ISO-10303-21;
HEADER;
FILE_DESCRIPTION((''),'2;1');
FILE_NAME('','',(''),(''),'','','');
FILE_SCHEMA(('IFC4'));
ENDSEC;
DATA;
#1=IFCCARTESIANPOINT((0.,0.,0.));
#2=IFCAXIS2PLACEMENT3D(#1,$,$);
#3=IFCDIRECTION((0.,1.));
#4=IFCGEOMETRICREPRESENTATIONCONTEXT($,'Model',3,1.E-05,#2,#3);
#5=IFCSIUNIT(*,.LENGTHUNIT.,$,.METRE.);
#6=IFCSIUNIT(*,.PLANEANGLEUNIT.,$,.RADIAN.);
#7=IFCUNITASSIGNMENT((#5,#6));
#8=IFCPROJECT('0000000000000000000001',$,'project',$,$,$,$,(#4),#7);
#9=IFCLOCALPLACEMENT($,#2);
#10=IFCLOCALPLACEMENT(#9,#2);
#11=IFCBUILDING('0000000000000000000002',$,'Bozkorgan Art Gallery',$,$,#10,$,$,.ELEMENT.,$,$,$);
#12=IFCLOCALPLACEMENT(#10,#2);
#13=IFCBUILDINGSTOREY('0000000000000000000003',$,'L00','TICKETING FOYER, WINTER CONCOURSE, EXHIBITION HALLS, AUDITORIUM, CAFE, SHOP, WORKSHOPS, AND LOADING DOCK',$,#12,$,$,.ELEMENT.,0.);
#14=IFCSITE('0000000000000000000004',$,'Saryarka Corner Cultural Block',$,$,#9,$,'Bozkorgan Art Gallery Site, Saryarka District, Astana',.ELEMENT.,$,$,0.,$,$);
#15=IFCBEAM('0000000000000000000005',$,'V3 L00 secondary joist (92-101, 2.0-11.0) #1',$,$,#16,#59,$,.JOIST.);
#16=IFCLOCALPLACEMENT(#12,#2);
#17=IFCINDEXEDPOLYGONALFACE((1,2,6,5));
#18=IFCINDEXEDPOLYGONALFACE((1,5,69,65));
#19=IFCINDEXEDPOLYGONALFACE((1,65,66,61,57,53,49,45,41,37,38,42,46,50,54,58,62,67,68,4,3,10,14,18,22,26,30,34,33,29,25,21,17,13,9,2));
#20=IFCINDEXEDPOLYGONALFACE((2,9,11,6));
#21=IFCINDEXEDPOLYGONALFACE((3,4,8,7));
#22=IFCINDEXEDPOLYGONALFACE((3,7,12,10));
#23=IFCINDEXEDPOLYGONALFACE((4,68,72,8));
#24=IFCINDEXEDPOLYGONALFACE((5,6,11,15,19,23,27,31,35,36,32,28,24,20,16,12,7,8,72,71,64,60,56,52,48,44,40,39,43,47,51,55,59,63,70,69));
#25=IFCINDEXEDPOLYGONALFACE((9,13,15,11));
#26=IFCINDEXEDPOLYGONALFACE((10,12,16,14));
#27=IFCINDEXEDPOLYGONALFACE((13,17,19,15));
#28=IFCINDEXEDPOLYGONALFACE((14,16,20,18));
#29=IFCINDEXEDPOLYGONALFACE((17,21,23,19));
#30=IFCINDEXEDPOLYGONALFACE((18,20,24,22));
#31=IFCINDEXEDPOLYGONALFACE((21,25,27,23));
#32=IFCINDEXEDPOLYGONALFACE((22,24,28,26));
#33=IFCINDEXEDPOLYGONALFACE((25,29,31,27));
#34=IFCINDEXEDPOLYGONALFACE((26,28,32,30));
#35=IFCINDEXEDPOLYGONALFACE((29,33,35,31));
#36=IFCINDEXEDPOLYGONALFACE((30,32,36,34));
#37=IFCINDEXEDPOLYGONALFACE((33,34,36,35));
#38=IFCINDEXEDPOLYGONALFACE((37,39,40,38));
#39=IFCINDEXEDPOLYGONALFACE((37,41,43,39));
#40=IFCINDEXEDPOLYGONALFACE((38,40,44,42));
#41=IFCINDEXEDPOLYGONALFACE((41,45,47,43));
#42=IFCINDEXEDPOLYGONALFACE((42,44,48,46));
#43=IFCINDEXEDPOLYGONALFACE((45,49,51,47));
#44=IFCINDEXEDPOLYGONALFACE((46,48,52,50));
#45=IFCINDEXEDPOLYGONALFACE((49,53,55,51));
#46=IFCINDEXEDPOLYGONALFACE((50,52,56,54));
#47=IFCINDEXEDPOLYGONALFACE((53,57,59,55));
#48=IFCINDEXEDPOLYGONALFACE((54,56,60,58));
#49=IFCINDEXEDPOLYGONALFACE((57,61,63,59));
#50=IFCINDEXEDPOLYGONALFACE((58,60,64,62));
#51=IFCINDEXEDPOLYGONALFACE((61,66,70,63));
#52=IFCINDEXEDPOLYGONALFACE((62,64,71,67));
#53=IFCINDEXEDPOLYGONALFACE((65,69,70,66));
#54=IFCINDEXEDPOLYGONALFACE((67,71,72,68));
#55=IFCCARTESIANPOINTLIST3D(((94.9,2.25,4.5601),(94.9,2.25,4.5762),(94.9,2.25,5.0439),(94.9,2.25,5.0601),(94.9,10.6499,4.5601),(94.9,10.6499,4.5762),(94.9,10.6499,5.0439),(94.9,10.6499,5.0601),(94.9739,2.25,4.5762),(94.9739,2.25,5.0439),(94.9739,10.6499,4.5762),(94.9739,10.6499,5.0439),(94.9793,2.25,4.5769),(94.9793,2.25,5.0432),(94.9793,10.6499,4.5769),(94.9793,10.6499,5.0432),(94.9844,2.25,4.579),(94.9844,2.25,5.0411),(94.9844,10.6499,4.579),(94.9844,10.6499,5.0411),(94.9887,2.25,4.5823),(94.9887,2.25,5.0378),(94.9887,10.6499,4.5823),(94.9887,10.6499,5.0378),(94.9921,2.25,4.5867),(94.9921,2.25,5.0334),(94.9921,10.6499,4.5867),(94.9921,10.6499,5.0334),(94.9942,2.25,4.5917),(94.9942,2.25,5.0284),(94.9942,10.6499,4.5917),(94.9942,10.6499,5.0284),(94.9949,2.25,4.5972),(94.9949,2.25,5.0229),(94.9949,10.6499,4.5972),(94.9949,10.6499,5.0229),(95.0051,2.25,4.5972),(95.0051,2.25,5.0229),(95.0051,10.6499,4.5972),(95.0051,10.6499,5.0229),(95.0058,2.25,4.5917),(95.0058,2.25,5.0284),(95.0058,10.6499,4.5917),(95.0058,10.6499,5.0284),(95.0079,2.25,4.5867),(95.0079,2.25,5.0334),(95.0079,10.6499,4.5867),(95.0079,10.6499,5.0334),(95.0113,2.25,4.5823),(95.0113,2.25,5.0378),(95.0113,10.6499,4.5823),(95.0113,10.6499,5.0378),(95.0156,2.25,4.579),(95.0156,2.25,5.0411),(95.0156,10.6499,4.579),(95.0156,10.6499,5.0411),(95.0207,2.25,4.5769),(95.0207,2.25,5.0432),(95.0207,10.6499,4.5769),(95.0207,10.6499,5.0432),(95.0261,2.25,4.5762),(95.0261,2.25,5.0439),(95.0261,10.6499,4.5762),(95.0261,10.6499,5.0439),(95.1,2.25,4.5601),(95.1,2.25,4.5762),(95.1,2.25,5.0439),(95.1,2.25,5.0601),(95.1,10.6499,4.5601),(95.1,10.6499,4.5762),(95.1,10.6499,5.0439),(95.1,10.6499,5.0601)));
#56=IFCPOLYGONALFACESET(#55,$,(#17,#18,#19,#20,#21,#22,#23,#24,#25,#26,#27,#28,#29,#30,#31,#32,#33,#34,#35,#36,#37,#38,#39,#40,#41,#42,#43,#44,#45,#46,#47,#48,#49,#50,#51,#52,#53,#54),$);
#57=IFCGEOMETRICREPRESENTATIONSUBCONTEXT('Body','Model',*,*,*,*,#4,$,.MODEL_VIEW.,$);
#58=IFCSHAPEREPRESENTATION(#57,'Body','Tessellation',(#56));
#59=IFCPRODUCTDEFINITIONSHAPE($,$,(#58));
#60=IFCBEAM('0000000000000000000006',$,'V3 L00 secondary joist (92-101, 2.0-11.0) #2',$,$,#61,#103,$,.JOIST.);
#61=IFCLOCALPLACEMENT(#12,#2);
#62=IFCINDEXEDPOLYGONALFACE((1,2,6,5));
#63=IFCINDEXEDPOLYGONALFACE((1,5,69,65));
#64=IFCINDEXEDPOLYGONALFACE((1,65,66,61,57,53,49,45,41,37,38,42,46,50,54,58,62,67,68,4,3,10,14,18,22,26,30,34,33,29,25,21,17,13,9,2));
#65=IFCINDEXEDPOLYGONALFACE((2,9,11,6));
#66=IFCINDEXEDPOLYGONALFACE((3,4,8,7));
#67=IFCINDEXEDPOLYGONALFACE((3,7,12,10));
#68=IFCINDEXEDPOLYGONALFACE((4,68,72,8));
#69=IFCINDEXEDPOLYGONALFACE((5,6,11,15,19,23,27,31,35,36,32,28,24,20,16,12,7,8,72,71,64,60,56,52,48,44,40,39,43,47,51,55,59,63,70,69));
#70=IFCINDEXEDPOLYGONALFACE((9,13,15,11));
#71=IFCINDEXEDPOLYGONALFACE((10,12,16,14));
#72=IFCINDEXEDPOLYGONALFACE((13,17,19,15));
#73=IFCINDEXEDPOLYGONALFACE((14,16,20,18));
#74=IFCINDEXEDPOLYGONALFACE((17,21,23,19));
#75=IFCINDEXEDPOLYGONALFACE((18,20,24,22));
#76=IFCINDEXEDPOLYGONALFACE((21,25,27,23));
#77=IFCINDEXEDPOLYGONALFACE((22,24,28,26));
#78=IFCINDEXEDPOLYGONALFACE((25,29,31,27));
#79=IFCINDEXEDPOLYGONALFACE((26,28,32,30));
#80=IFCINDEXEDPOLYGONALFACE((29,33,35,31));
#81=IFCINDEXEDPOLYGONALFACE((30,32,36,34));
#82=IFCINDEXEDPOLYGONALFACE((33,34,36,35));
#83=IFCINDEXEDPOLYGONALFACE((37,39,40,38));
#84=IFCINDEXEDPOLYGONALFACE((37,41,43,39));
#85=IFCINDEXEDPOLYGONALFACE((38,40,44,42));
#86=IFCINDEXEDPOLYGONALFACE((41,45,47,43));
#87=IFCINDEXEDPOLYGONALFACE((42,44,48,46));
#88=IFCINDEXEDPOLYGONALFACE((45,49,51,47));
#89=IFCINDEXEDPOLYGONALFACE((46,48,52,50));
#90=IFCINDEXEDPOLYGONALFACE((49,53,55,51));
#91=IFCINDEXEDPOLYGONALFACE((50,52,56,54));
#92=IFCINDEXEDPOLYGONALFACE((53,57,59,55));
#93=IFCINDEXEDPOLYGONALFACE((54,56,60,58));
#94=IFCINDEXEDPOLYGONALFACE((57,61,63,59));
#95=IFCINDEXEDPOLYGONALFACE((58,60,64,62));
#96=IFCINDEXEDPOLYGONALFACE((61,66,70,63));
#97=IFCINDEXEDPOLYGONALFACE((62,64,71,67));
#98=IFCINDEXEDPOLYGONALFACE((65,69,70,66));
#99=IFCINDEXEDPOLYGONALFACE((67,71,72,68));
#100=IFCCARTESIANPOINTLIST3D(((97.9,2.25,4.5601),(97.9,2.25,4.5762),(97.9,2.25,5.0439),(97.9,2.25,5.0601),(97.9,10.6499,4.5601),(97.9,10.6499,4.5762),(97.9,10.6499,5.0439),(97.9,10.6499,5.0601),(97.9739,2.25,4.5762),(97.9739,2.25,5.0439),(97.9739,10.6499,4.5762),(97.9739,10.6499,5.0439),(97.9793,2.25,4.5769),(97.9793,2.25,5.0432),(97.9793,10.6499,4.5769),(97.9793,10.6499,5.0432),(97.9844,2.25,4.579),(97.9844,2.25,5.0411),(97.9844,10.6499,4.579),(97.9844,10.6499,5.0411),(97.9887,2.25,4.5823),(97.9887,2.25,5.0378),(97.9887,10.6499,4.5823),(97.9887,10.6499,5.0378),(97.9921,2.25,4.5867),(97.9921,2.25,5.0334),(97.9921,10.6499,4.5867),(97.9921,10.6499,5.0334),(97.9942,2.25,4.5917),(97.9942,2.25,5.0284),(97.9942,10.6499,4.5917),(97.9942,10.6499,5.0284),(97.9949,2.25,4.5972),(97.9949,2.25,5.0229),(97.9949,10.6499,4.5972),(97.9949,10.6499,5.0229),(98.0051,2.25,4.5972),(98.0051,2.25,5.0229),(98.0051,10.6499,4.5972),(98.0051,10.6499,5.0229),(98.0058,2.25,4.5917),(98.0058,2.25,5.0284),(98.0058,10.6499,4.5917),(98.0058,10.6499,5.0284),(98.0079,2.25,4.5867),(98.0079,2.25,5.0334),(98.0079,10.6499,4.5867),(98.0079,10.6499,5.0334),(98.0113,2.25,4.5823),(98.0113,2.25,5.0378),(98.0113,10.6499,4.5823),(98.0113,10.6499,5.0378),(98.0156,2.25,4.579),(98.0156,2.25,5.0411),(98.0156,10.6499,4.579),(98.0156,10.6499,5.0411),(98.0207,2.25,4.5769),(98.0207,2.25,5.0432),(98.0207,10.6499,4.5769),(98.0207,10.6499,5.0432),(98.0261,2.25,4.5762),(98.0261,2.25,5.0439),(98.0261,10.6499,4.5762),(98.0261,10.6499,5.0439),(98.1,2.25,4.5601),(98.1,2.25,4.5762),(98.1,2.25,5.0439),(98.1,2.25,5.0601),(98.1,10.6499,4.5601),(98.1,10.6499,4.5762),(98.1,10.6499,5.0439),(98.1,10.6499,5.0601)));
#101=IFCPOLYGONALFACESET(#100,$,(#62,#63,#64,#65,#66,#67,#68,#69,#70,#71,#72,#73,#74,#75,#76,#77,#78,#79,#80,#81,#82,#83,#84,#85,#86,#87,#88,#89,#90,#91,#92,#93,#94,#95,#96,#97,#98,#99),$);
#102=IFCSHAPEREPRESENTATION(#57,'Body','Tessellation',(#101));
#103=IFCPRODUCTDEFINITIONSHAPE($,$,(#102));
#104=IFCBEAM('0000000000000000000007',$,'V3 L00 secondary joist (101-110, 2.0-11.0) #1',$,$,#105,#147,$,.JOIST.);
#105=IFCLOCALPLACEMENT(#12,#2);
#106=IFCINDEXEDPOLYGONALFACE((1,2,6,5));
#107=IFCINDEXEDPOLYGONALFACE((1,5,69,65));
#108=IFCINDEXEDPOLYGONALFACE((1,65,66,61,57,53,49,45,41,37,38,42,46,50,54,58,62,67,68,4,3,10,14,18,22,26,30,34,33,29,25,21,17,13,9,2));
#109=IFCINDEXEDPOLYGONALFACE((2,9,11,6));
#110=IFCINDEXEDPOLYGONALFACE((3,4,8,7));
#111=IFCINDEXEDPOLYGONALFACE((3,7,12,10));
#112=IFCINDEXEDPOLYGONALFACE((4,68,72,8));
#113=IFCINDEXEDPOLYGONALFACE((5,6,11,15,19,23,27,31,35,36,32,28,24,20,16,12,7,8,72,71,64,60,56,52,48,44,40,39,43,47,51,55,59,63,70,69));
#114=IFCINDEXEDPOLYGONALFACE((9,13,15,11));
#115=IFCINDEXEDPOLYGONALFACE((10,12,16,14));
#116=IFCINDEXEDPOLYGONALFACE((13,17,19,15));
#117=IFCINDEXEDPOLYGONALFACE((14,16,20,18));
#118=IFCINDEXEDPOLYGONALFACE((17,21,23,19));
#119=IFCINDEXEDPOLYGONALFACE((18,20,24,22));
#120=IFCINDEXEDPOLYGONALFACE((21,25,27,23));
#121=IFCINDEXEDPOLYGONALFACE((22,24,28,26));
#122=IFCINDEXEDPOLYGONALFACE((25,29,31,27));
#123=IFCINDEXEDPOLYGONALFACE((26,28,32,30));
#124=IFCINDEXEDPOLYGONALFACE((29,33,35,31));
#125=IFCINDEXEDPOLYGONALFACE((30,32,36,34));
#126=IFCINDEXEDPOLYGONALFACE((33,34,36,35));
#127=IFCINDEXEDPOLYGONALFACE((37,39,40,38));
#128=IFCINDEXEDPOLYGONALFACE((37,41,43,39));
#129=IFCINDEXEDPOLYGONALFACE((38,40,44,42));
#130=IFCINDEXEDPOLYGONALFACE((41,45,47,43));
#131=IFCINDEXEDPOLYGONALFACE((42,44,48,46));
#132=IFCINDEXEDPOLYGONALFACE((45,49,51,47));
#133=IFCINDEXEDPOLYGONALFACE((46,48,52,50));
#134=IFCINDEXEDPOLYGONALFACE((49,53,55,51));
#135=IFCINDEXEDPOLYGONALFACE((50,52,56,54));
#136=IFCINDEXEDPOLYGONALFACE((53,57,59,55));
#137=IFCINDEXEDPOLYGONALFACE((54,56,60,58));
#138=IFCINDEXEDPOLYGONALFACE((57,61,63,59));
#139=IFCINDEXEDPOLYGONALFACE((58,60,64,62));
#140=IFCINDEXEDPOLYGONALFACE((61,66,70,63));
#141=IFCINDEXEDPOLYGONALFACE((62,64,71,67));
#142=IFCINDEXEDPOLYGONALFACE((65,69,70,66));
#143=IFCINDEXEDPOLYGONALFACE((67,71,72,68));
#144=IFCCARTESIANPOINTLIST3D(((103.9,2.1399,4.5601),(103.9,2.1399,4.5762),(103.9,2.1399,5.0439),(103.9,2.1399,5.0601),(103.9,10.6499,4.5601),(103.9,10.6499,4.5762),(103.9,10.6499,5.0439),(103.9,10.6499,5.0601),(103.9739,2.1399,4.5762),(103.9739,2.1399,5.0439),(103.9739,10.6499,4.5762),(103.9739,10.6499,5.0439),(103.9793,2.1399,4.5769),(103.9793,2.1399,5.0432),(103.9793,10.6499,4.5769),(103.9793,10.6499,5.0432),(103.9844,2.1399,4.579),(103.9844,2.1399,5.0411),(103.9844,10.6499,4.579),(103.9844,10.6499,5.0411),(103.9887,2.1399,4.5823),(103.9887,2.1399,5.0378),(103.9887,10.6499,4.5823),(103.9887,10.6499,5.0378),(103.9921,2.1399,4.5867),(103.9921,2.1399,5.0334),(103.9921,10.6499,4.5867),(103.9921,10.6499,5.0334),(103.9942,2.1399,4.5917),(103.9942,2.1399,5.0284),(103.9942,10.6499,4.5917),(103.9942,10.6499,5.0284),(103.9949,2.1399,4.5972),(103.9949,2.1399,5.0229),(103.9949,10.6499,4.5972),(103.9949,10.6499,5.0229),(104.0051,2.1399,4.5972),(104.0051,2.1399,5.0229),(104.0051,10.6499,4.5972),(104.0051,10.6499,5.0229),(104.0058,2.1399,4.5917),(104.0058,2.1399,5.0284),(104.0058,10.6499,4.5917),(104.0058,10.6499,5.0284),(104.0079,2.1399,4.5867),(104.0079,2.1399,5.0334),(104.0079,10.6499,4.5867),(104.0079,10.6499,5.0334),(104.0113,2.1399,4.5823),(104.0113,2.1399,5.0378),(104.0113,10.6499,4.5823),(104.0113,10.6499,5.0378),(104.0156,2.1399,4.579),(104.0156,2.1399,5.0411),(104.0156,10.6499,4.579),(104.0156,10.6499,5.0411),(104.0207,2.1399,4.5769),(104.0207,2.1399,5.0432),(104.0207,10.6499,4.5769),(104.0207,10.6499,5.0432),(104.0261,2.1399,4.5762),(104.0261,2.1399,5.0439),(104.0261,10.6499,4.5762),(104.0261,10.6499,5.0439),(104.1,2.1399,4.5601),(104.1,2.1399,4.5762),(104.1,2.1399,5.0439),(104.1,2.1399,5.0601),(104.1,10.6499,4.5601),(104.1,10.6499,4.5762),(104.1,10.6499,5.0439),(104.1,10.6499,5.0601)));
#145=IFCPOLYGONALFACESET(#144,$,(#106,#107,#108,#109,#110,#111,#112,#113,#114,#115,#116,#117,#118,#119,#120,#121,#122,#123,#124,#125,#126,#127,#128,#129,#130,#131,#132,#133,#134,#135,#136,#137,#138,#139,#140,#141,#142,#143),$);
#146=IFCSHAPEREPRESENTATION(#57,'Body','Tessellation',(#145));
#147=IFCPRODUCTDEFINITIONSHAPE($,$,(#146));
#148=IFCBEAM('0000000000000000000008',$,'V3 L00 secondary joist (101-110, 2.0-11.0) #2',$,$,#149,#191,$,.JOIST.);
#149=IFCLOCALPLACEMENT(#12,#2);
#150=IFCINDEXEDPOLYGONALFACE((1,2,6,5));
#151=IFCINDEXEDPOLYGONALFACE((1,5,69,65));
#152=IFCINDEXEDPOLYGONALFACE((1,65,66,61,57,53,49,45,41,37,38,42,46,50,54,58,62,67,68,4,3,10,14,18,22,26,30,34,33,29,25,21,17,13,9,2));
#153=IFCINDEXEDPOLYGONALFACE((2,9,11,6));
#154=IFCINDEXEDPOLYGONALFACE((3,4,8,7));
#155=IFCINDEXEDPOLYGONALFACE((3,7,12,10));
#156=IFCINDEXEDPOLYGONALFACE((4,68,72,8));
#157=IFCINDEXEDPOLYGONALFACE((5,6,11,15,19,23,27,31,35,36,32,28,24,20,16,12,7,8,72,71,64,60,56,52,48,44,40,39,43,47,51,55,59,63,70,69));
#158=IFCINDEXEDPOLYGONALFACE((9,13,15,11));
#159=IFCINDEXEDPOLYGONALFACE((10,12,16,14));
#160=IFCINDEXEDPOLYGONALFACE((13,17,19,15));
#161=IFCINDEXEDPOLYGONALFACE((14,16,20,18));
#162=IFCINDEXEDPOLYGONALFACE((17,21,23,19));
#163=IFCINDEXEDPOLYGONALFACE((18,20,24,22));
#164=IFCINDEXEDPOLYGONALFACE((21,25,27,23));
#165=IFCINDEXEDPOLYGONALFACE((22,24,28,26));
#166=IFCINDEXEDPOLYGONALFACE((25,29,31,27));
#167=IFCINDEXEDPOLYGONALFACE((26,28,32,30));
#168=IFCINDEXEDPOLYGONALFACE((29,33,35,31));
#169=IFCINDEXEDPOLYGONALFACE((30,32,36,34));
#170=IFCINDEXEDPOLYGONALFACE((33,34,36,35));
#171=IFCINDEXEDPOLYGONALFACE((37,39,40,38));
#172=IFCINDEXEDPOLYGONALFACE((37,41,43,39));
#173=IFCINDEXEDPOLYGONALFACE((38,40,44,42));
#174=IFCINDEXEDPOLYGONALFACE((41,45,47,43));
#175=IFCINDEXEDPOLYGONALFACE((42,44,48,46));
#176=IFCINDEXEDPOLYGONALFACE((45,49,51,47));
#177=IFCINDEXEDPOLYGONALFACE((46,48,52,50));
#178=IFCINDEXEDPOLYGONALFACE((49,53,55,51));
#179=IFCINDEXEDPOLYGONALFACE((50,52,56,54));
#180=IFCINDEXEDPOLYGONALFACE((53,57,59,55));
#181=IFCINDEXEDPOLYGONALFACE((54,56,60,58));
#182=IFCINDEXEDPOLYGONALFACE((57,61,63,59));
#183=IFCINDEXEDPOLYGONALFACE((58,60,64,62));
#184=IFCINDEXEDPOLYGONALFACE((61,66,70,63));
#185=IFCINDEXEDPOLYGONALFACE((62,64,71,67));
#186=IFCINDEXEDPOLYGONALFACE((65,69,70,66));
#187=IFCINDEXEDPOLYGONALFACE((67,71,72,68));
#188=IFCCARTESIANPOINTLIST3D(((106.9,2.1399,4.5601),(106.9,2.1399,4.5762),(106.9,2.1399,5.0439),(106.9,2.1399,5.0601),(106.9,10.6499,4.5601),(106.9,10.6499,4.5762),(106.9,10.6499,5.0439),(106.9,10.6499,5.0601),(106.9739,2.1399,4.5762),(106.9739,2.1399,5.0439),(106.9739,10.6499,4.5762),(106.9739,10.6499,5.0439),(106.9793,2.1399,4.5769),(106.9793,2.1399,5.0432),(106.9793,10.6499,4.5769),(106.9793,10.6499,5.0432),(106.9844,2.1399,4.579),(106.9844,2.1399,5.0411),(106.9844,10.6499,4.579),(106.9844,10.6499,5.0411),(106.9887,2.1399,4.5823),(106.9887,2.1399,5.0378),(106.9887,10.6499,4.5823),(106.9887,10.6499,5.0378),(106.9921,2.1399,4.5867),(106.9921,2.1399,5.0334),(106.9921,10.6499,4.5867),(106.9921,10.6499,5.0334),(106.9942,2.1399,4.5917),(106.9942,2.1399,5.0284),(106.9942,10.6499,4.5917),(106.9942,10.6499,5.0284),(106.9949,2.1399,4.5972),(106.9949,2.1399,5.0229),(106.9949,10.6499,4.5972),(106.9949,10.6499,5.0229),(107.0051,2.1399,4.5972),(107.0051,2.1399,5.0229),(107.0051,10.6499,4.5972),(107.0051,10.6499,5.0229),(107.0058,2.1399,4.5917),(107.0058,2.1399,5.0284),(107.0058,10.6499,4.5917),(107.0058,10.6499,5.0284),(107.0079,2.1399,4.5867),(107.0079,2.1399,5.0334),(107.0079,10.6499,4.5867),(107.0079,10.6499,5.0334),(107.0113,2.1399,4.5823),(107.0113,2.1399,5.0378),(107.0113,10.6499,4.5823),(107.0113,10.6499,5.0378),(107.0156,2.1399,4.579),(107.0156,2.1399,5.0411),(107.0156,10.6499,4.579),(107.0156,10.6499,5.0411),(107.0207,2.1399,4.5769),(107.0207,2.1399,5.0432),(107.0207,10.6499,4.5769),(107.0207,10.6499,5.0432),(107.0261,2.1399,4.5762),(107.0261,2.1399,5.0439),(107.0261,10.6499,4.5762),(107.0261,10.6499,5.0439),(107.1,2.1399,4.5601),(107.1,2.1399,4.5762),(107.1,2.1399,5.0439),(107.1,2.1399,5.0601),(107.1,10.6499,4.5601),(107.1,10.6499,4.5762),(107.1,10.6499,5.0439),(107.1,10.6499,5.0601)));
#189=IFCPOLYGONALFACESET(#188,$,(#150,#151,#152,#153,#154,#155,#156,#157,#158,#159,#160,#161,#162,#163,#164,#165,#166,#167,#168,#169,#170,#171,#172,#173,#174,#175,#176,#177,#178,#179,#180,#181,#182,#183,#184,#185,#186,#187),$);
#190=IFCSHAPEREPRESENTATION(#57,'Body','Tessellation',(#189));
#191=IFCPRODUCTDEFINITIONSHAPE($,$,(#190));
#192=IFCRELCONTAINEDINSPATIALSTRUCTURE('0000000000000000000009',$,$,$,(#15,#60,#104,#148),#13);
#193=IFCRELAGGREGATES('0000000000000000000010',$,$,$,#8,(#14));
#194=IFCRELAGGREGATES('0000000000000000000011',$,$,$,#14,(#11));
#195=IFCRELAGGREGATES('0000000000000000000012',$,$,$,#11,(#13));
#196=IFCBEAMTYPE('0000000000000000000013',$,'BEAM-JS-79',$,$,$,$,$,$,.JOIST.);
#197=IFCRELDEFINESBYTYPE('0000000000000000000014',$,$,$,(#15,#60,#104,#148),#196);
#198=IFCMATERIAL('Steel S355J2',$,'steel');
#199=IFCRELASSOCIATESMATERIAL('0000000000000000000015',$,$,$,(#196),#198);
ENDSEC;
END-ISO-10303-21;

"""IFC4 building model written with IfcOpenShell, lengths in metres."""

from ifc_helpers import new_model, si_unit, direction, frame, origin, origin_2d, place, context, subcontext, project, spatial, i_section, extrude, material, material_profile, profile_set, type_object, element, save


model = new_model("IFC4")

# Units and contexts
model_context = context("Model", 3, precision=1e-05, world=origin(), true_north=direction((0.0, 1.0)))
body_context = subcontext(model_context, "Body", "Model", "MODEL_VIEW")
ifc_project = project(units=[si_unit("LENGTHUNIT", "METRE"), si_unit("PLANEANGLEUNIT", "RADIAN")], contexts=[model_context])

# Site, building, storey
site_placement = place(None, origin())
site = spatial("IfcSite", under=ifc_project, at=site_placement, Name="Saryarka Corner Cultural Block", LongName="Bozkorgan Art Gallery Site, Saryarka District, Astana", CompositionType="ELEMENT", RefElevation=0.0)
building_placement = place(site_placement, origin())
building = spatial("IfcBuilding", under=site, at=building_placement, Name="Bozkorgan Art Gallery", CompositionType="ELEMENT")
storey_placement = place(building_placement, origin())
storey = spatial("IfcBuildingStorey", under=building, at=storey_placement, Name="L00", Description="TICKETING FOYER, WINTER CONCOURSE, EXHIBITION HALLS, AUDITORIUM, CAFE, SHOP, WORKSHOPS, AND LOADING DOCK", CompositionType="ELEMENT", Elevation=0.0)

# Shared definitions
ifc_material_1 = material(Name="Steel S355J2", Category="steel")

# Beams
ifc_material_profile_1 = material_profile(ifc_material_1, i_section(OverallWidth=0.2, OverallDepth=0.5, WebThickness=0.0103, FlangeThickness=0.0161, FilletRadius=0.021, at=origin_2d()), Name="IPE 500")
ifc_profile_set_1 = profile_set([ifc_material_profile_1], Name="Steel S355J2")
beam_type_1 = type_object("IfcBeamType", Name="BEAM-JS-79", PredefinedType="JOIST", material=ifc_profile_set_1)
for number, where, z_axis, x_axis, name in (
    (1, (95.0, 2.25, 4.8101), (0.0, 1.0, 0.0), (-1.0, 0.0, 0.0), "V3 L00 secondary joist (92-101, 2.0-11.0) #1"),
    (2, (98.0, 2.25, 4.8101), (0.0, 1.0, 0.0), (-1.0, 0.0, 0.0), "V3 L00 secondary joist (92-101, 2.0-11.0) #2"),
):
    element("IfcBeam", number, at=place(storey_placement, frame(where, z_axis=z_axis, x_axis=x_axis)), inside=storey, type_object=beam_type_1, Name=name, PredefinedType="JOIST", context=body_context, shape_type="SweptSolid", body=[
        extrude(i_section(OverallWidth=0.2, OverallDepth=0.5, WebThickness=0.0103, FlangeThickness=0.0161, FilletRadius=0.021, at=origin_2d()), origin(), (0.0, 0.0, 1.0), 8.3999),
    ])
for number, where, z_axis, x_axis, name in (
    (3, (104.0, 2.1399, 4.8101), (0.0, 1.0, 0.0), (-1.0, 0.0, 0.0), "V3 L00 secondary joist (101-110, 2.0-11.0) #1"),
    (4, (107.0, 2.1399, 4.8101), (0.0, 1.0, 0.0), (-1.0, 0.0, 0.0), "V3 L00 secondary joist (101-110, 2.0-11.0) #2"),
):
    element("IfcBeam", number, at=place(storey_placement, frame(where, z_axis=z_axis, x_axis=x_axis)), inside=storey, type_object=beam_type_1, Name=name, PredefinedType="JOIST", context=body_context, shape_type="SweptSolid", body=[
        extrude(i_section(OverallWidth=0.2, OverallDepth=0.5, WebThickness=0.0103, FlangeThickness=0.0161, FilletRadius=0.021, at=origin_2d()), origin(), (0.0, 0.0, 1.0), 8.51),
    ])

save(model, "model.ifc")
